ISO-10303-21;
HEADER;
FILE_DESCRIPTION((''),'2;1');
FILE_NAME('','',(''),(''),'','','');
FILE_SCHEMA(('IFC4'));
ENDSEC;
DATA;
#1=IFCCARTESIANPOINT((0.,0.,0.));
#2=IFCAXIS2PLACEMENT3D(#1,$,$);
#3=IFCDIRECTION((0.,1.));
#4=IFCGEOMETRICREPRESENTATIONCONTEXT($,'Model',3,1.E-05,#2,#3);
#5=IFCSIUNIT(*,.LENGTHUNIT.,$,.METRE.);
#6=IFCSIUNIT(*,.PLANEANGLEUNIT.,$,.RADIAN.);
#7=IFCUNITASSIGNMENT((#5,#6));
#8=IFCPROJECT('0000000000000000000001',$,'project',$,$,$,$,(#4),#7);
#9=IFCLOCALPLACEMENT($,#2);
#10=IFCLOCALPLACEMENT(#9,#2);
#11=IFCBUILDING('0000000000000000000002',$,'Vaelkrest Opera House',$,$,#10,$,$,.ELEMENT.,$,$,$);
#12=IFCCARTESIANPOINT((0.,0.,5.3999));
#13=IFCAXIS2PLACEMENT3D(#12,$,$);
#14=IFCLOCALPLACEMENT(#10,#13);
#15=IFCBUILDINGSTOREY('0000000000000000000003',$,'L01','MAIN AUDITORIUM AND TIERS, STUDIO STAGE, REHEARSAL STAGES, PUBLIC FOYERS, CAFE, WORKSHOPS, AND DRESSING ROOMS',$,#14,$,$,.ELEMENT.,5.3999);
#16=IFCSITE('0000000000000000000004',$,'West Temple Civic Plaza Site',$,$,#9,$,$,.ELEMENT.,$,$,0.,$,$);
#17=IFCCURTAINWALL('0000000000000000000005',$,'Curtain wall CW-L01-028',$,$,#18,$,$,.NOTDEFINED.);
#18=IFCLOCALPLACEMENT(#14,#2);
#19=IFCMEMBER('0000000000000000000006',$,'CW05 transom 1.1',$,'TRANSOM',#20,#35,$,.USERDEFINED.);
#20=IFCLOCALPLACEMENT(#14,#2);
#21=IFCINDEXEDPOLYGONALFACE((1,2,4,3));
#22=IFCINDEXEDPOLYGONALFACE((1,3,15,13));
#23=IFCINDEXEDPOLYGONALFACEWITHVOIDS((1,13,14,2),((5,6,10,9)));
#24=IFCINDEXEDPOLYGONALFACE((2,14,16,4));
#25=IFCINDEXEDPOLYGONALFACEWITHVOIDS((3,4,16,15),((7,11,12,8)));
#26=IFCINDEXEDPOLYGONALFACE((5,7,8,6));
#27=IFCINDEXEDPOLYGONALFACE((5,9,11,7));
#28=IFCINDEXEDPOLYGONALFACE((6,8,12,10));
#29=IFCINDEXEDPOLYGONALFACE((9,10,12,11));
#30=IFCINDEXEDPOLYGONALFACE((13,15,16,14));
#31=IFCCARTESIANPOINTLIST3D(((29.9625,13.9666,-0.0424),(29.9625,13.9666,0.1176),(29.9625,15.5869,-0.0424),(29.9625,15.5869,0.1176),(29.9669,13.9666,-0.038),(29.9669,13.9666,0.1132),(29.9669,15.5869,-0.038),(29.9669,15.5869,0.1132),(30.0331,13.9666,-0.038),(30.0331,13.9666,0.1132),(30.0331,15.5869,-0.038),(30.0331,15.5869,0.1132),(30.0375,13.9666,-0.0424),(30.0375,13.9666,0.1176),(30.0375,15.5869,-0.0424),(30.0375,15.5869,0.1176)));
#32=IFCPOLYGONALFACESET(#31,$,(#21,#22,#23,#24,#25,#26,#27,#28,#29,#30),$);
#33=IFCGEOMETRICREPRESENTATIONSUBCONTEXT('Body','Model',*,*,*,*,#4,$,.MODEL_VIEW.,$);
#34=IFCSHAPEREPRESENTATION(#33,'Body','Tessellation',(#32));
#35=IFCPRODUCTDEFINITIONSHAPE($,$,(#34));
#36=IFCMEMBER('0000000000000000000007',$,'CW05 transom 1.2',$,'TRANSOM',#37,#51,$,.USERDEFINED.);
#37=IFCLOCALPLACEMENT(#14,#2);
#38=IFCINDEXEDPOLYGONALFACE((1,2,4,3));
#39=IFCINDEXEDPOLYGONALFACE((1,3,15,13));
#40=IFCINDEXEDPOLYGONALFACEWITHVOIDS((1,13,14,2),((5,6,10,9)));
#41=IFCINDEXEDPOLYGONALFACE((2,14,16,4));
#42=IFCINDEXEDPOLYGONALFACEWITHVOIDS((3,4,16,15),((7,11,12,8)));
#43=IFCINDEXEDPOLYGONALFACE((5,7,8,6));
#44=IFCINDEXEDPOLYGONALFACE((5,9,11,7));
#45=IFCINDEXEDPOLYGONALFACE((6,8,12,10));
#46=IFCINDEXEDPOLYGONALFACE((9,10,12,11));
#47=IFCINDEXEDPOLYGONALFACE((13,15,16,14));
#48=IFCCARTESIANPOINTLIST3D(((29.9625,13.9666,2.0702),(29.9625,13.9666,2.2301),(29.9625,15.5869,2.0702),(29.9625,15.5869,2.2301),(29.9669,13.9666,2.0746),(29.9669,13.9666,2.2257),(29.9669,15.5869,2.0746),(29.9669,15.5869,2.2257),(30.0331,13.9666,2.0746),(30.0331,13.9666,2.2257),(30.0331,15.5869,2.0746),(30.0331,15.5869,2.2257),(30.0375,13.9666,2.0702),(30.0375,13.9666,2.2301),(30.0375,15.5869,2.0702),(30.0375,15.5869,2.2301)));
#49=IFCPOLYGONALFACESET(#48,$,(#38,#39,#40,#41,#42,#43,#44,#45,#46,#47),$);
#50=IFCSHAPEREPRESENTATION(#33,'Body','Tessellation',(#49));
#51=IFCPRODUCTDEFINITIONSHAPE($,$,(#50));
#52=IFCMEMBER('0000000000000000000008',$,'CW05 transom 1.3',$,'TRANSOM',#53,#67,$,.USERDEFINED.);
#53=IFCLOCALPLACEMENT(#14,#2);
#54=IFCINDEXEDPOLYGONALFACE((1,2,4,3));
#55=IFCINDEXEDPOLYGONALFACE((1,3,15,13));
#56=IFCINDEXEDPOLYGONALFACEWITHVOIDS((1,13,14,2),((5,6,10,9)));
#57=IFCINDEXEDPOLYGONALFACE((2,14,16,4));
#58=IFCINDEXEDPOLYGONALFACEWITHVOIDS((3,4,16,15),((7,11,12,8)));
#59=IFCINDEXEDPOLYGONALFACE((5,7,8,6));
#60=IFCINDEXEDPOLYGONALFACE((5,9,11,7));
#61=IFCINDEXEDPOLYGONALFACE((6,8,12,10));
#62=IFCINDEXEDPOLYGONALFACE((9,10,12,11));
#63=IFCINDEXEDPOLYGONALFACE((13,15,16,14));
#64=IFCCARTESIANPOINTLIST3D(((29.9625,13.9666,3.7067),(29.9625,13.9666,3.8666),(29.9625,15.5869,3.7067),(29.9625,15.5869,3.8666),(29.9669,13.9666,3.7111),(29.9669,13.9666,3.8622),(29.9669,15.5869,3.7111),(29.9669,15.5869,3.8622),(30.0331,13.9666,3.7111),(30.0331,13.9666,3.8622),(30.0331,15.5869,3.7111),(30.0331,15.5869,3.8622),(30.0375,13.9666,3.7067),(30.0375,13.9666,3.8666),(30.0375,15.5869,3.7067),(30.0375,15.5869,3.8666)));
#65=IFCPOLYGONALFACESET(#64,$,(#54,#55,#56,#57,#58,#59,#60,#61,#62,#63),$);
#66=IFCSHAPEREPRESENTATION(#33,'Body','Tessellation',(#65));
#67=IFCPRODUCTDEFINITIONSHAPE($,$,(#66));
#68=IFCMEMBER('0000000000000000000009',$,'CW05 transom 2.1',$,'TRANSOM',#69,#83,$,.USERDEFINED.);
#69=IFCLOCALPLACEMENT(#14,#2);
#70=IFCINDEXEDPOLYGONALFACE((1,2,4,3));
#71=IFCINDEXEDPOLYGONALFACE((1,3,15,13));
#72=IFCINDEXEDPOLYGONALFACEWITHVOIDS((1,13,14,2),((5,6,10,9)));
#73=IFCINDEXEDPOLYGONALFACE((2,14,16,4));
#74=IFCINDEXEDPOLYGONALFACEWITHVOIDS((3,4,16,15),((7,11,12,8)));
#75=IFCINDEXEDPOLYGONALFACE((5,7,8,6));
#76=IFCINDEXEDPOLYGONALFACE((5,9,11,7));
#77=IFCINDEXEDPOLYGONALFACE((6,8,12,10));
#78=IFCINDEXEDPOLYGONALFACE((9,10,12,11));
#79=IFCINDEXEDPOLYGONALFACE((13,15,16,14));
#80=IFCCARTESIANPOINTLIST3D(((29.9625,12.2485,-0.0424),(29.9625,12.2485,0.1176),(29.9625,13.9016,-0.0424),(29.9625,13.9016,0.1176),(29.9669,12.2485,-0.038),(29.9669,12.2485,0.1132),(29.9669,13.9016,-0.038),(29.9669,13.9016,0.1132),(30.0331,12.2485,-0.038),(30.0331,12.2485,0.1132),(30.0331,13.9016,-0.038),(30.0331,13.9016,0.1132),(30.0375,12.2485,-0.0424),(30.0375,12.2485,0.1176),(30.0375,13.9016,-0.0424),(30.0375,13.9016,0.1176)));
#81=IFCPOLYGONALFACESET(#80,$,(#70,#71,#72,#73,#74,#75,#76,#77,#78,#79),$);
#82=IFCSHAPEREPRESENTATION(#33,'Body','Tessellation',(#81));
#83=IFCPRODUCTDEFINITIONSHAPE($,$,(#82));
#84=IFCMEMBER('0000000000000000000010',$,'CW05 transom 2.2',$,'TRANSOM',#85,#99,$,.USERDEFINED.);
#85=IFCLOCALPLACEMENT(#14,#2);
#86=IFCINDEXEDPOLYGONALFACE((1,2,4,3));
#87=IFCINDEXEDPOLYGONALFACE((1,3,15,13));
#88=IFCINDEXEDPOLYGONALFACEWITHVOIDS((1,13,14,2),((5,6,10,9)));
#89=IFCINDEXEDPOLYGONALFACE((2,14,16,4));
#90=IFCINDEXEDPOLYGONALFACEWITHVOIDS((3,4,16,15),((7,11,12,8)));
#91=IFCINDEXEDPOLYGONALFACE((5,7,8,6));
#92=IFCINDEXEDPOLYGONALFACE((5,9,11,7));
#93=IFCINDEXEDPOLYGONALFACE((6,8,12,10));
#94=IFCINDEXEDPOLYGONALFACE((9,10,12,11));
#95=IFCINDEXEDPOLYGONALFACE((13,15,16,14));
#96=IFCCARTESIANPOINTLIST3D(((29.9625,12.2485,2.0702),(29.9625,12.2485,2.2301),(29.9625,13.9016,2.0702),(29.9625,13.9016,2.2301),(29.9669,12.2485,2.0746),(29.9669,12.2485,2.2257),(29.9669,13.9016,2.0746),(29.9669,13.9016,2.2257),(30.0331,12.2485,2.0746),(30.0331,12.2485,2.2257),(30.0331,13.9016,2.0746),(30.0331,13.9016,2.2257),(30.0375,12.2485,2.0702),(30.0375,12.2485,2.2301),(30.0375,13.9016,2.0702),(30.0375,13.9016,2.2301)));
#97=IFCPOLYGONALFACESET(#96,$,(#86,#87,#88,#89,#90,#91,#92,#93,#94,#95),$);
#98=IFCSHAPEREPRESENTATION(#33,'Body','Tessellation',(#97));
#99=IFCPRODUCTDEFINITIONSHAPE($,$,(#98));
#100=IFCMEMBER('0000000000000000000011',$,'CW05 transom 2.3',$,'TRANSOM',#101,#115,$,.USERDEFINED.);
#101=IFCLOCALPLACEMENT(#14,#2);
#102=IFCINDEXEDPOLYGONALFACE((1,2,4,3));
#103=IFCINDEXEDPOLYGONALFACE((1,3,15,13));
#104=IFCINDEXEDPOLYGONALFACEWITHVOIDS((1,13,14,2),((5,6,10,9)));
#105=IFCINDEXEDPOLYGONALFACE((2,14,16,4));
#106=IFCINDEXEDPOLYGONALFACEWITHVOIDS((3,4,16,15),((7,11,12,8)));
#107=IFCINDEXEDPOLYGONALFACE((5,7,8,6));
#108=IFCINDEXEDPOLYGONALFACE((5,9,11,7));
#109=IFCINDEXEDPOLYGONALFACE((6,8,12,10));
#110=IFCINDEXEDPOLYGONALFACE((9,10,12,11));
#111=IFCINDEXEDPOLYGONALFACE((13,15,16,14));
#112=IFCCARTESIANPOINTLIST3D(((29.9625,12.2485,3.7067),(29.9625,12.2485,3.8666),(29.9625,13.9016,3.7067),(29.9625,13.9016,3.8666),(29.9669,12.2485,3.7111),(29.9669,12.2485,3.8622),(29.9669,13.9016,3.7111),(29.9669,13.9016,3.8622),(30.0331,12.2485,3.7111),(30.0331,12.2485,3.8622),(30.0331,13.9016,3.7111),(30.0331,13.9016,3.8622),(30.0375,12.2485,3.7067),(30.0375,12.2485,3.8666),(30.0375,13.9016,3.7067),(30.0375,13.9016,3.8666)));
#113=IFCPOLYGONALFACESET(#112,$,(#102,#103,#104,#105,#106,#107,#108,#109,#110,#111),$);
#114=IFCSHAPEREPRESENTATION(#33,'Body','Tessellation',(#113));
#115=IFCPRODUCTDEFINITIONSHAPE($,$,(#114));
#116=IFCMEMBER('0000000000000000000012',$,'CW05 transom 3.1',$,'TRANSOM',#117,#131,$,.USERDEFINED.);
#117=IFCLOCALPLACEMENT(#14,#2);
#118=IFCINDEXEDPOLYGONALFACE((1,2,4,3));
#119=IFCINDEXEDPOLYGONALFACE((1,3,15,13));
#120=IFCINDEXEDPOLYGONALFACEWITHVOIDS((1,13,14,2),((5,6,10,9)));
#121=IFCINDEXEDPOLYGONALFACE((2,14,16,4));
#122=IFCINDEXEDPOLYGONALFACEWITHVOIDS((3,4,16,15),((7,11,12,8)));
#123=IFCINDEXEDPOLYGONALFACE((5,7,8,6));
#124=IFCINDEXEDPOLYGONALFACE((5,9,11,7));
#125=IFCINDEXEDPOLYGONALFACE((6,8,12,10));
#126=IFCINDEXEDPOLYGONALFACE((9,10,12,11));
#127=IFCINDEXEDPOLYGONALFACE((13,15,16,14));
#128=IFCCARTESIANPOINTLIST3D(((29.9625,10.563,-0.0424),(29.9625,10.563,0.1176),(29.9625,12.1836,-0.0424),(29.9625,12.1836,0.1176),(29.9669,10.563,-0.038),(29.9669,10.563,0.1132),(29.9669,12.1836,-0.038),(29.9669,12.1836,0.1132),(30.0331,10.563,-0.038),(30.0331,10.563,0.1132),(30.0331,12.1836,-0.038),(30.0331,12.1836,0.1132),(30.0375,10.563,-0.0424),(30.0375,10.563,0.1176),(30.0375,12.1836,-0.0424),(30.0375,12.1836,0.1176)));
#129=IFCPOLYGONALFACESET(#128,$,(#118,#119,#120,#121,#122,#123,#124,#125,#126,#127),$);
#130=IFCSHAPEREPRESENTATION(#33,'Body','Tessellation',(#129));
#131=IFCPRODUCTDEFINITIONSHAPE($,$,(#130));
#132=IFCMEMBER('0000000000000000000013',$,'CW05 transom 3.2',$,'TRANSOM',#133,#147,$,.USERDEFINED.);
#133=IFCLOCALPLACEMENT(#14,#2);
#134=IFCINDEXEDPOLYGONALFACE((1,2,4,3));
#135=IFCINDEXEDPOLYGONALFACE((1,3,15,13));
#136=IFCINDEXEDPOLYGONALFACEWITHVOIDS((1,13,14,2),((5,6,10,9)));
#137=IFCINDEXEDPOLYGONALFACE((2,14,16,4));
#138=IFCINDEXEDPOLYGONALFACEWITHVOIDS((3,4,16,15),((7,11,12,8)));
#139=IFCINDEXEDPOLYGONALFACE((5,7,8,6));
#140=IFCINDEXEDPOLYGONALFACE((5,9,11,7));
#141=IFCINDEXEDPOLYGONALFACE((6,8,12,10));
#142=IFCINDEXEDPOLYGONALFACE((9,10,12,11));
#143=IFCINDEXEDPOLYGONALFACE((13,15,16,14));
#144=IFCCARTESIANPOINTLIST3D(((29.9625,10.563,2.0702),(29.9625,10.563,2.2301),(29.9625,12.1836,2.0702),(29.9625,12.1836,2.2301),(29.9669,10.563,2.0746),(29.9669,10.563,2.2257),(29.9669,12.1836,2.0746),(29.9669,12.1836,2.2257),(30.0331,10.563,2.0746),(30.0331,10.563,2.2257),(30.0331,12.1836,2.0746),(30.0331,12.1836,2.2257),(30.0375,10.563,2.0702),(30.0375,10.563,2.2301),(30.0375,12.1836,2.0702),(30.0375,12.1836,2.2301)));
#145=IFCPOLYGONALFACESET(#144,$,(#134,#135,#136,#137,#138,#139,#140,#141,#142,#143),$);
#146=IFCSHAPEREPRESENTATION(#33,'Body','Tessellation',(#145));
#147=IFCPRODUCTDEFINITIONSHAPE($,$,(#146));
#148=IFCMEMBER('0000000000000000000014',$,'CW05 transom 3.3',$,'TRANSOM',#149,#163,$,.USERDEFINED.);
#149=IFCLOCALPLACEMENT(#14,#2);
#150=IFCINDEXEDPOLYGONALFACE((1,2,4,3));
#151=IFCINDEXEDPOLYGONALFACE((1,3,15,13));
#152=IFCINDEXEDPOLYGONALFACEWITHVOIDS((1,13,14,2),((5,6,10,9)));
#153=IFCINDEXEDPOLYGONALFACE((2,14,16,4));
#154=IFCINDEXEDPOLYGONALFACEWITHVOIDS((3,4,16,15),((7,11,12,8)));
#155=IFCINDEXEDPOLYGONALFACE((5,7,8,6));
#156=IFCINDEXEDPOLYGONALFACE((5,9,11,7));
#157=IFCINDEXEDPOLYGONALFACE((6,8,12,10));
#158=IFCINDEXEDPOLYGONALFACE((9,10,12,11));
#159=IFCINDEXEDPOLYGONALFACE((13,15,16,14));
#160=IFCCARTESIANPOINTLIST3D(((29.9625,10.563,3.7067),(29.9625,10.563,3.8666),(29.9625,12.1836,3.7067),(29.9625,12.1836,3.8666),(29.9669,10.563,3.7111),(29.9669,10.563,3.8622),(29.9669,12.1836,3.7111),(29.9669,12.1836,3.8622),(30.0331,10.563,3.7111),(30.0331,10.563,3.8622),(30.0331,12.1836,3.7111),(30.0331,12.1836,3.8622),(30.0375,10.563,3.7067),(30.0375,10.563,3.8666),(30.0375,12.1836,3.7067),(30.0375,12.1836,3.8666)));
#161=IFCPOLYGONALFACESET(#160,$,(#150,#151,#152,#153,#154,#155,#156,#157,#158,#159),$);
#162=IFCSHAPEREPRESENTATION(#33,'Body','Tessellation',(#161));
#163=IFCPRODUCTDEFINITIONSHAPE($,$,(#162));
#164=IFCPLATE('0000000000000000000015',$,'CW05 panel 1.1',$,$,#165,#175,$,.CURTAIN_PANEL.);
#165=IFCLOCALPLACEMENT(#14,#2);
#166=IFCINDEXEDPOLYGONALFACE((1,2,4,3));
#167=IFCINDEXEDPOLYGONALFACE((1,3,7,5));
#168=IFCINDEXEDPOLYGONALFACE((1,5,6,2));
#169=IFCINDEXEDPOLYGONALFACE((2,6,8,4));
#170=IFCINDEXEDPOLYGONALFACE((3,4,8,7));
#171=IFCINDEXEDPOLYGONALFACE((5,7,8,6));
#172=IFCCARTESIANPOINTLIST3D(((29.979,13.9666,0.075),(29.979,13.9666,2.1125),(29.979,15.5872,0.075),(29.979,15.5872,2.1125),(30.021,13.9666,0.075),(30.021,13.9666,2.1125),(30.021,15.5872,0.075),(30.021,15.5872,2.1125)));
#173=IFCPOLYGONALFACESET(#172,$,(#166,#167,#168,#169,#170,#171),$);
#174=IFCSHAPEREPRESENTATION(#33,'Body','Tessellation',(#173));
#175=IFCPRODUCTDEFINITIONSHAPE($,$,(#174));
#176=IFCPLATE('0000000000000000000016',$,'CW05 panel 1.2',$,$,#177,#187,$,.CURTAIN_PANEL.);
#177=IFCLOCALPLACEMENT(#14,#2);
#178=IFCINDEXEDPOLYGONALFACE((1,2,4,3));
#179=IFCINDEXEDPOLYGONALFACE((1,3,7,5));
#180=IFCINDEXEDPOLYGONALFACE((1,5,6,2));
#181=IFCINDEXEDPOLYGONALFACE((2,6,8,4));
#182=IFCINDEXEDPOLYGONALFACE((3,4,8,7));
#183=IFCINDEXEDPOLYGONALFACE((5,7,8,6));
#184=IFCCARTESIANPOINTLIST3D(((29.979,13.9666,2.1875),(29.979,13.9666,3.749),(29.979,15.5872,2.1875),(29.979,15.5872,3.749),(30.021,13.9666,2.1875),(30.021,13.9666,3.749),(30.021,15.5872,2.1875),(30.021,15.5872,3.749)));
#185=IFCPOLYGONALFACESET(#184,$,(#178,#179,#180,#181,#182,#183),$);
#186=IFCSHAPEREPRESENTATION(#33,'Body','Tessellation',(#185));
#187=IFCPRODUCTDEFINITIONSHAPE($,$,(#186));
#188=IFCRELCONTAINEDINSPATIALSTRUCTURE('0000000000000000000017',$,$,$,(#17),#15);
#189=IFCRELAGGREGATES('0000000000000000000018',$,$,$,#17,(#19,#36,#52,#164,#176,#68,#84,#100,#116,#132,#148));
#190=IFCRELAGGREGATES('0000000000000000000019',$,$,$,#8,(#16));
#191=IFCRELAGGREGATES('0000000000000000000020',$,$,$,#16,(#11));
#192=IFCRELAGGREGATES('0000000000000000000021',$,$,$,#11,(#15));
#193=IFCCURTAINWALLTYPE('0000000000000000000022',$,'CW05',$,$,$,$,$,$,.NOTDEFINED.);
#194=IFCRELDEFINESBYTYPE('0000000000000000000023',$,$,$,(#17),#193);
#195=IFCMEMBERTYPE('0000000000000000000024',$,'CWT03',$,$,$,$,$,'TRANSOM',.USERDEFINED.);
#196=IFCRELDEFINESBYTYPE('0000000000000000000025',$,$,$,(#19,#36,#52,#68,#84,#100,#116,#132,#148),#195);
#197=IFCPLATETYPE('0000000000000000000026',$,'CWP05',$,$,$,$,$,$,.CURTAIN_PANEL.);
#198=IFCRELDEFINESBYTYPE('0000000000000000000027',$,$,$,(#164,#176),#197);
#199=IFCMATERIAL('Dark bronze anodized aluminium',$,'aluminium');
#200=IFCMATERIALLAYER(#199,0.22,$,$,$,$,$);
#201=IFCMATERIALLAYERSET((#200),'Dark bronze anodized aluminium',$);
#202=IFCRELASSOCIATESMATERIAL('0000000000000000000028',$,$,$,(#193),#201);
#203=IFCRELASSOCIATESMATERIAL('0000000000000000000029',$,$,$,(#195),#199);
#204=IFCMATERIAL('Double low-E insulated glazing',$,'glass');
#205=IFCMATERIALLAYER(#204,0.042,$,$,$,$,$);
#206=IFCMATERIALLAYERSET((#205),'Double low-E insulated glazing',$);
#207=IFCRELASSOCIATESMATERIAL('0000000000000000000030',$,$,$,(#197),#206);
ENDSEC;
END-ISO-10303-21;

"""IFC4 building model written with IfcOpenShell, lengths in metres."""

from ifc_helpers import new_model, si_unit, direction, frame, origin, origin_2d, place, context, subcontext, project, spatial, rectangle, hollow_rectangle, extrude, material, layer, layer_set, material_profile, profile_set, type_object, element, aggregate, save


model = new_model("IFC4")

# Units and contexts
model_context = context("Model", 3, precision=1e-05, world=origin(), true_north=direction((0.0, 1.0)))
body_context = subcontext(model_context, "Body", "Model", "MODEL_VIEW")
ifc_project = project(units=[si_unit("LENGTHUNIT", "METRE"), si_unit("PLANEANGLEUNIT", "RADIAN")], contexts=[model_context])

# Site, building, storey
site_placement = place(None, origin())
site = spatial("IfcSite", under=ifc_project, at=site_placement, Name="West Temple Civic Plaza Site", CompositionType="ELEMENT", RefElevation=0.0)
building_placement = place(site_placement, origin())
building = spatial("IfcBuilding", under=site, at=building_placement, Name="Vaelkrest Opera House", CompositionType="ELEMENT")
storey_placement = place(building_placement, frame((0.0, 0.0, 5.3999)))
storey = spatial("IfcBuildingStorey", under=building, at=storey_placement, Name="L01", Description="MAIN AUDITORIUM AND TIERS, STUDIO STAGE, REHEARSAL STAGES, PUBLIC FOYERS, CAFE, WORKSHOPS, AND DRESSING ROOMS", CompositionType="ELEMENT", Elevation=5.3999)

# Curtain wall
ifc_material_1 = material(Name="Dark bronze anodized aluminium", Category="aluminium")
ifc_layer_1 = layer(ifc_material_1, 0.22)
ifc_layer_set_1 = layer_set([ifc_layer_1], Name="Dark bronze anodized aluminium")
curtain_wall_type_1 = type_object("IfcCurtainWallType", Name="CW05", PredefinedType="NOTDEFINED", material=ifc_layer_set_1)
curtain_wall_1_placement = place(storey_placement, origin())
curtain_wall_1 = element("IfcCurtainWall", 1, at=curtain_wall_1_placement, inside=storey, type_object=curtain_wall_type_1, Name="Curtain wall CW-L01-028", PredefinedType="NOTDEFINED")

# Members
ifc_material_profile_1 = material_profile(ifc_material_1, hollow_rectangle(XDim=0.075, YDim=0.1599, WallThickness=0.0044, at=origin_2d()), Name="CWT75X160")
ifc_profile_set_1 = profile_set([ifc_material_profile_1], Name="Dark bronze anodized aluminium")
member_type_1 = type_object("IfcMemberType", Name="CWT03", ElementType="TRANSOM", PredefinedType="USERDEFINED", material=ifc_profile_set_1)
member_1_placement = place(storey_placement, frame((30.0, 15.5869, 0.0376), z_axis=(0.0, -1.0, 0.0), x_axis=(1.0, 0.0, 0.0)))
member_1 = element("IfcMember", 2, at=member_1_placement, type_object=member_type_1, Name="CW05 transom 1.1", ObjectType="TRANSOM", PredefinedType="USERDEFINED", context=body_context, shape_type="SweptSolid", body=[
    extrude(hollow_rectangle(XDim=0.075, YDim=0.1599, WallThickness=0.0044, at=origin_2d()), origin(), (0.0, 0.0, 1.0), 1.6204),
])
member_2_placement = place(storey_placement, frame((30.0, 15.5869, 2.1501), z_axis=(0.0, -1.0, 0.0), x_axis=(1.0, 0.0, 0.0)))
member_2 = element("IfcMember", 3, at=member_2_placement, type_object=member_type_1, Name="CW05 transom 1.2", ObjectType="TRANSOM", PredefinedType="USERDEFINED", context=body_context, shape_type="SweptSolid", body=[
    extrude(hollow_rectangle(XDim=0.075, YDim=0.1599, WallThickness=0.0044, at=origin_2d()), origin(), (0.0, 0.0, 1.0), 1.6204),
])
member_3_placement = place(storey_placement, frame((30.0, 15.5869, 3.7866), z_axis=(0.0, -1.0, 0.0), x_axis=(1.0, 0.0, 0.0)))
member_3 = element("IfcMember", 4, at=member_3_placement, type_object=member_type_1, Name="CW05 transom 1.3", ObjectType="TRANSOM", PredefinedType="USERDEFINED", context=body_context, shape_type="SweptSolid", body=[
    extrude(hollow_rectangle(XDim=0.075, YDim=0.1599, WallThickness=0.0044, at=origin_2d()), origin(), (0.0, 0.0, 1.0), 1.6204),
])
member_4_placement = place(storey_placement, frame((30.0, 13.9016, 0.0376), z_axis=(0.0, -1.0, 0.0), x_axis=(1.0, 0.0, 0.0)))
member_4 = element("IfcMember", 5, at=member_4_placement, type_object=member_type_1, Name="CW05 transom 2.1", ObjectType="TRANSOM", PredefinedType="USERDEFINED", context=body_context, shape_type="SweptSolid", body=[
    extrude(hollow_rectangle(XDim=0.075, YDim=0.1599, WallThickness=0.0044, at=origin_2d()), origin(), (0.0, 0.0, 1.0), 1.6531),
])
member_5_placement = place(storey_placement, frame((30.0, 13.9016, 2.1501), z_axis=(0.0, -1.0, 0.0), x_axis=(1.0, 0.0, 0.0)))
member_5 = element("IfcMember", 6, at=member_5_placement, type_object=member_type_1, Name="CW05 transom 2.2", ObjectType="TRANSOM", PredefinedType="USERDEFINED", context=body_context, shape_type="SweptSolid", body=[
    extrude(hollow_rectangle(XDim=0.075, YDim=0.1599, WallThickness=0.0044, at=origin_2d()), origin(), (0.0, 0.0, 1.0), 1.6531),
])
member_6_placement = place(storey_placement, frame((30.0, 13.9016, 3.7866), z_axis=(0.0, -1.0, 0.0), x_axis=(1.0, 0.0, 0.0)))
member_6 = element("IfcMember", 7, at=member_6_placement, type_object=member_type_1, Name="CW05 transom 2.3", ObjectType="TRANSOM", PredefinedType="USERDEFINED", context=body_context, shape_type="SweptSolid", body=[
    extrude(hollow_rectangle(XDim=0.075, YDim=0.1599, WallThickness=0.0044, at=origin_2d()), origin(), (0.0, 0.0, 1.0), 1.6531),
])
member_7_placement = place(storey_placement, frame((30.0, 12.1836, 0.0376), z_axis=(0.0, -1.0, 0.0), x_axis=(1.0, 0.0, 0.0)))
member_7 = element("IfcMember", 8, at=member_7_placement, type_object=member_type_1, Name="CW05 transom 3.1", ObjectType="TRANSOM", PredefinedType="USERDEFINED", context=body_context, shape_type="SweptSolid", body=[
    extrude(hollow_rectangle(XDim=0.075, YDim=0.1599, WallThickness=0.0044, at=origin_2d()), origin(), (0.0, 0.0, 1.0), 1.6206),
])
member_8_placement = place(storey_placement, frame((30.0, 12.1836, 2.1501), z_axis=(0.0, -1.0, 0.0), x_axis=(1.0, 0.0, 0.0)))
member_8 = element("IfcMember", 9, at=member_8_placement, type_object=member_type_1, Name="CW05 transom 3.2", ObjectType="TRANSOM", PredefinedType="USERDEFINED", context=body_context, shape_type="SweptSolid", body=[
    extrude(hollow_rectangle(XDim=0.075, YDim=0.1599, WallThickness=0.0044, at=origin_2d()), origin(), (0.0, 0.0, 1.0), 1.6206),
])
member_9_placement = place(storey_placement, frame((30.0, 12.1836, 3.7866), z_axis=(0.0, -1.0, 0.0), x_axis=(1.0, 0.0, 0.0)))
member_9 = element("IfcMember", 10, at=member_9_placement, type_object=member_type_1, Name="CW05 transom 3.3", ObjectType="TRANSOM", PredefinedType="USERDEFINED", context=body_context, shape_type="SweptSolid", body=[
    extrude(hollow_rectangle(XDim=0.075, YDim=0.1599, WallThickness=0.0044, at=origin_2d()), origin(), (0.0, 0.0, 1.0), 1.6206),
])

# Plates
ifc_material_2 = material(Name="Double low-E insulated glazing", Category="glass")
ifc_layer_2 = layer(ifc_material_2, 0.042)
ifc_layer_set_2 = layer_set([ifc_layer_2], Name="Double low-E insulated glazing")
plate_type_1 = type_object("IfcPlateType", Name="CWP05", PredefinedType="CURTAIN_PANEL", material=ifc_layer_set_2)
plate_1_placement = place(storey_placement, frame((30.0, 14.7769, 0.075), z_axis=(0.0, 0.0, 1.0), x_axis=(0.0, -1.0, 0.0)))
plate_1 = element("IfcPlate", 11, at=plate_1_placement, type_object=plate_type_1, Name="CW05 panel 1.1", PredefinedType="CURTAIN_PANEL", context=body_context, shape_type="SweptSolid", body=[
    extrude(rectangle(XDim=1.6206, YDim=0.042, at=origin_2d()), origin(), (0.0, 0.0, 1.0), 2.0376),
])
plate_2_placement = place(storey_placement, frame((30.0, 14.7769, 2.1875), z_axis=(0.0, 0.0, 1.0), x_axis=(0.0, -1.0, 0.0)))
plate_2 = element("IfcPlate", 12, at=plate_2_placement, type_object=plate_type_1, Name="CW05 panel 1.2", PredefinedType="CURTAIN_PANEL", context=body_context, shape_type="SweptSolid", body=[
    extrude(rectangle(XDim=1.6206, YDim=0.042, at=origin_2d()), origin(), (0.0, 0.0, 1.0), 1.5615),
])
aggregate(curtain_wall_1, [member_1, member_2, member_3, plate_1, plate_2, member_4, member_5, member_6, member_7, member_8, member_9])

save(model, "model.ifc")
